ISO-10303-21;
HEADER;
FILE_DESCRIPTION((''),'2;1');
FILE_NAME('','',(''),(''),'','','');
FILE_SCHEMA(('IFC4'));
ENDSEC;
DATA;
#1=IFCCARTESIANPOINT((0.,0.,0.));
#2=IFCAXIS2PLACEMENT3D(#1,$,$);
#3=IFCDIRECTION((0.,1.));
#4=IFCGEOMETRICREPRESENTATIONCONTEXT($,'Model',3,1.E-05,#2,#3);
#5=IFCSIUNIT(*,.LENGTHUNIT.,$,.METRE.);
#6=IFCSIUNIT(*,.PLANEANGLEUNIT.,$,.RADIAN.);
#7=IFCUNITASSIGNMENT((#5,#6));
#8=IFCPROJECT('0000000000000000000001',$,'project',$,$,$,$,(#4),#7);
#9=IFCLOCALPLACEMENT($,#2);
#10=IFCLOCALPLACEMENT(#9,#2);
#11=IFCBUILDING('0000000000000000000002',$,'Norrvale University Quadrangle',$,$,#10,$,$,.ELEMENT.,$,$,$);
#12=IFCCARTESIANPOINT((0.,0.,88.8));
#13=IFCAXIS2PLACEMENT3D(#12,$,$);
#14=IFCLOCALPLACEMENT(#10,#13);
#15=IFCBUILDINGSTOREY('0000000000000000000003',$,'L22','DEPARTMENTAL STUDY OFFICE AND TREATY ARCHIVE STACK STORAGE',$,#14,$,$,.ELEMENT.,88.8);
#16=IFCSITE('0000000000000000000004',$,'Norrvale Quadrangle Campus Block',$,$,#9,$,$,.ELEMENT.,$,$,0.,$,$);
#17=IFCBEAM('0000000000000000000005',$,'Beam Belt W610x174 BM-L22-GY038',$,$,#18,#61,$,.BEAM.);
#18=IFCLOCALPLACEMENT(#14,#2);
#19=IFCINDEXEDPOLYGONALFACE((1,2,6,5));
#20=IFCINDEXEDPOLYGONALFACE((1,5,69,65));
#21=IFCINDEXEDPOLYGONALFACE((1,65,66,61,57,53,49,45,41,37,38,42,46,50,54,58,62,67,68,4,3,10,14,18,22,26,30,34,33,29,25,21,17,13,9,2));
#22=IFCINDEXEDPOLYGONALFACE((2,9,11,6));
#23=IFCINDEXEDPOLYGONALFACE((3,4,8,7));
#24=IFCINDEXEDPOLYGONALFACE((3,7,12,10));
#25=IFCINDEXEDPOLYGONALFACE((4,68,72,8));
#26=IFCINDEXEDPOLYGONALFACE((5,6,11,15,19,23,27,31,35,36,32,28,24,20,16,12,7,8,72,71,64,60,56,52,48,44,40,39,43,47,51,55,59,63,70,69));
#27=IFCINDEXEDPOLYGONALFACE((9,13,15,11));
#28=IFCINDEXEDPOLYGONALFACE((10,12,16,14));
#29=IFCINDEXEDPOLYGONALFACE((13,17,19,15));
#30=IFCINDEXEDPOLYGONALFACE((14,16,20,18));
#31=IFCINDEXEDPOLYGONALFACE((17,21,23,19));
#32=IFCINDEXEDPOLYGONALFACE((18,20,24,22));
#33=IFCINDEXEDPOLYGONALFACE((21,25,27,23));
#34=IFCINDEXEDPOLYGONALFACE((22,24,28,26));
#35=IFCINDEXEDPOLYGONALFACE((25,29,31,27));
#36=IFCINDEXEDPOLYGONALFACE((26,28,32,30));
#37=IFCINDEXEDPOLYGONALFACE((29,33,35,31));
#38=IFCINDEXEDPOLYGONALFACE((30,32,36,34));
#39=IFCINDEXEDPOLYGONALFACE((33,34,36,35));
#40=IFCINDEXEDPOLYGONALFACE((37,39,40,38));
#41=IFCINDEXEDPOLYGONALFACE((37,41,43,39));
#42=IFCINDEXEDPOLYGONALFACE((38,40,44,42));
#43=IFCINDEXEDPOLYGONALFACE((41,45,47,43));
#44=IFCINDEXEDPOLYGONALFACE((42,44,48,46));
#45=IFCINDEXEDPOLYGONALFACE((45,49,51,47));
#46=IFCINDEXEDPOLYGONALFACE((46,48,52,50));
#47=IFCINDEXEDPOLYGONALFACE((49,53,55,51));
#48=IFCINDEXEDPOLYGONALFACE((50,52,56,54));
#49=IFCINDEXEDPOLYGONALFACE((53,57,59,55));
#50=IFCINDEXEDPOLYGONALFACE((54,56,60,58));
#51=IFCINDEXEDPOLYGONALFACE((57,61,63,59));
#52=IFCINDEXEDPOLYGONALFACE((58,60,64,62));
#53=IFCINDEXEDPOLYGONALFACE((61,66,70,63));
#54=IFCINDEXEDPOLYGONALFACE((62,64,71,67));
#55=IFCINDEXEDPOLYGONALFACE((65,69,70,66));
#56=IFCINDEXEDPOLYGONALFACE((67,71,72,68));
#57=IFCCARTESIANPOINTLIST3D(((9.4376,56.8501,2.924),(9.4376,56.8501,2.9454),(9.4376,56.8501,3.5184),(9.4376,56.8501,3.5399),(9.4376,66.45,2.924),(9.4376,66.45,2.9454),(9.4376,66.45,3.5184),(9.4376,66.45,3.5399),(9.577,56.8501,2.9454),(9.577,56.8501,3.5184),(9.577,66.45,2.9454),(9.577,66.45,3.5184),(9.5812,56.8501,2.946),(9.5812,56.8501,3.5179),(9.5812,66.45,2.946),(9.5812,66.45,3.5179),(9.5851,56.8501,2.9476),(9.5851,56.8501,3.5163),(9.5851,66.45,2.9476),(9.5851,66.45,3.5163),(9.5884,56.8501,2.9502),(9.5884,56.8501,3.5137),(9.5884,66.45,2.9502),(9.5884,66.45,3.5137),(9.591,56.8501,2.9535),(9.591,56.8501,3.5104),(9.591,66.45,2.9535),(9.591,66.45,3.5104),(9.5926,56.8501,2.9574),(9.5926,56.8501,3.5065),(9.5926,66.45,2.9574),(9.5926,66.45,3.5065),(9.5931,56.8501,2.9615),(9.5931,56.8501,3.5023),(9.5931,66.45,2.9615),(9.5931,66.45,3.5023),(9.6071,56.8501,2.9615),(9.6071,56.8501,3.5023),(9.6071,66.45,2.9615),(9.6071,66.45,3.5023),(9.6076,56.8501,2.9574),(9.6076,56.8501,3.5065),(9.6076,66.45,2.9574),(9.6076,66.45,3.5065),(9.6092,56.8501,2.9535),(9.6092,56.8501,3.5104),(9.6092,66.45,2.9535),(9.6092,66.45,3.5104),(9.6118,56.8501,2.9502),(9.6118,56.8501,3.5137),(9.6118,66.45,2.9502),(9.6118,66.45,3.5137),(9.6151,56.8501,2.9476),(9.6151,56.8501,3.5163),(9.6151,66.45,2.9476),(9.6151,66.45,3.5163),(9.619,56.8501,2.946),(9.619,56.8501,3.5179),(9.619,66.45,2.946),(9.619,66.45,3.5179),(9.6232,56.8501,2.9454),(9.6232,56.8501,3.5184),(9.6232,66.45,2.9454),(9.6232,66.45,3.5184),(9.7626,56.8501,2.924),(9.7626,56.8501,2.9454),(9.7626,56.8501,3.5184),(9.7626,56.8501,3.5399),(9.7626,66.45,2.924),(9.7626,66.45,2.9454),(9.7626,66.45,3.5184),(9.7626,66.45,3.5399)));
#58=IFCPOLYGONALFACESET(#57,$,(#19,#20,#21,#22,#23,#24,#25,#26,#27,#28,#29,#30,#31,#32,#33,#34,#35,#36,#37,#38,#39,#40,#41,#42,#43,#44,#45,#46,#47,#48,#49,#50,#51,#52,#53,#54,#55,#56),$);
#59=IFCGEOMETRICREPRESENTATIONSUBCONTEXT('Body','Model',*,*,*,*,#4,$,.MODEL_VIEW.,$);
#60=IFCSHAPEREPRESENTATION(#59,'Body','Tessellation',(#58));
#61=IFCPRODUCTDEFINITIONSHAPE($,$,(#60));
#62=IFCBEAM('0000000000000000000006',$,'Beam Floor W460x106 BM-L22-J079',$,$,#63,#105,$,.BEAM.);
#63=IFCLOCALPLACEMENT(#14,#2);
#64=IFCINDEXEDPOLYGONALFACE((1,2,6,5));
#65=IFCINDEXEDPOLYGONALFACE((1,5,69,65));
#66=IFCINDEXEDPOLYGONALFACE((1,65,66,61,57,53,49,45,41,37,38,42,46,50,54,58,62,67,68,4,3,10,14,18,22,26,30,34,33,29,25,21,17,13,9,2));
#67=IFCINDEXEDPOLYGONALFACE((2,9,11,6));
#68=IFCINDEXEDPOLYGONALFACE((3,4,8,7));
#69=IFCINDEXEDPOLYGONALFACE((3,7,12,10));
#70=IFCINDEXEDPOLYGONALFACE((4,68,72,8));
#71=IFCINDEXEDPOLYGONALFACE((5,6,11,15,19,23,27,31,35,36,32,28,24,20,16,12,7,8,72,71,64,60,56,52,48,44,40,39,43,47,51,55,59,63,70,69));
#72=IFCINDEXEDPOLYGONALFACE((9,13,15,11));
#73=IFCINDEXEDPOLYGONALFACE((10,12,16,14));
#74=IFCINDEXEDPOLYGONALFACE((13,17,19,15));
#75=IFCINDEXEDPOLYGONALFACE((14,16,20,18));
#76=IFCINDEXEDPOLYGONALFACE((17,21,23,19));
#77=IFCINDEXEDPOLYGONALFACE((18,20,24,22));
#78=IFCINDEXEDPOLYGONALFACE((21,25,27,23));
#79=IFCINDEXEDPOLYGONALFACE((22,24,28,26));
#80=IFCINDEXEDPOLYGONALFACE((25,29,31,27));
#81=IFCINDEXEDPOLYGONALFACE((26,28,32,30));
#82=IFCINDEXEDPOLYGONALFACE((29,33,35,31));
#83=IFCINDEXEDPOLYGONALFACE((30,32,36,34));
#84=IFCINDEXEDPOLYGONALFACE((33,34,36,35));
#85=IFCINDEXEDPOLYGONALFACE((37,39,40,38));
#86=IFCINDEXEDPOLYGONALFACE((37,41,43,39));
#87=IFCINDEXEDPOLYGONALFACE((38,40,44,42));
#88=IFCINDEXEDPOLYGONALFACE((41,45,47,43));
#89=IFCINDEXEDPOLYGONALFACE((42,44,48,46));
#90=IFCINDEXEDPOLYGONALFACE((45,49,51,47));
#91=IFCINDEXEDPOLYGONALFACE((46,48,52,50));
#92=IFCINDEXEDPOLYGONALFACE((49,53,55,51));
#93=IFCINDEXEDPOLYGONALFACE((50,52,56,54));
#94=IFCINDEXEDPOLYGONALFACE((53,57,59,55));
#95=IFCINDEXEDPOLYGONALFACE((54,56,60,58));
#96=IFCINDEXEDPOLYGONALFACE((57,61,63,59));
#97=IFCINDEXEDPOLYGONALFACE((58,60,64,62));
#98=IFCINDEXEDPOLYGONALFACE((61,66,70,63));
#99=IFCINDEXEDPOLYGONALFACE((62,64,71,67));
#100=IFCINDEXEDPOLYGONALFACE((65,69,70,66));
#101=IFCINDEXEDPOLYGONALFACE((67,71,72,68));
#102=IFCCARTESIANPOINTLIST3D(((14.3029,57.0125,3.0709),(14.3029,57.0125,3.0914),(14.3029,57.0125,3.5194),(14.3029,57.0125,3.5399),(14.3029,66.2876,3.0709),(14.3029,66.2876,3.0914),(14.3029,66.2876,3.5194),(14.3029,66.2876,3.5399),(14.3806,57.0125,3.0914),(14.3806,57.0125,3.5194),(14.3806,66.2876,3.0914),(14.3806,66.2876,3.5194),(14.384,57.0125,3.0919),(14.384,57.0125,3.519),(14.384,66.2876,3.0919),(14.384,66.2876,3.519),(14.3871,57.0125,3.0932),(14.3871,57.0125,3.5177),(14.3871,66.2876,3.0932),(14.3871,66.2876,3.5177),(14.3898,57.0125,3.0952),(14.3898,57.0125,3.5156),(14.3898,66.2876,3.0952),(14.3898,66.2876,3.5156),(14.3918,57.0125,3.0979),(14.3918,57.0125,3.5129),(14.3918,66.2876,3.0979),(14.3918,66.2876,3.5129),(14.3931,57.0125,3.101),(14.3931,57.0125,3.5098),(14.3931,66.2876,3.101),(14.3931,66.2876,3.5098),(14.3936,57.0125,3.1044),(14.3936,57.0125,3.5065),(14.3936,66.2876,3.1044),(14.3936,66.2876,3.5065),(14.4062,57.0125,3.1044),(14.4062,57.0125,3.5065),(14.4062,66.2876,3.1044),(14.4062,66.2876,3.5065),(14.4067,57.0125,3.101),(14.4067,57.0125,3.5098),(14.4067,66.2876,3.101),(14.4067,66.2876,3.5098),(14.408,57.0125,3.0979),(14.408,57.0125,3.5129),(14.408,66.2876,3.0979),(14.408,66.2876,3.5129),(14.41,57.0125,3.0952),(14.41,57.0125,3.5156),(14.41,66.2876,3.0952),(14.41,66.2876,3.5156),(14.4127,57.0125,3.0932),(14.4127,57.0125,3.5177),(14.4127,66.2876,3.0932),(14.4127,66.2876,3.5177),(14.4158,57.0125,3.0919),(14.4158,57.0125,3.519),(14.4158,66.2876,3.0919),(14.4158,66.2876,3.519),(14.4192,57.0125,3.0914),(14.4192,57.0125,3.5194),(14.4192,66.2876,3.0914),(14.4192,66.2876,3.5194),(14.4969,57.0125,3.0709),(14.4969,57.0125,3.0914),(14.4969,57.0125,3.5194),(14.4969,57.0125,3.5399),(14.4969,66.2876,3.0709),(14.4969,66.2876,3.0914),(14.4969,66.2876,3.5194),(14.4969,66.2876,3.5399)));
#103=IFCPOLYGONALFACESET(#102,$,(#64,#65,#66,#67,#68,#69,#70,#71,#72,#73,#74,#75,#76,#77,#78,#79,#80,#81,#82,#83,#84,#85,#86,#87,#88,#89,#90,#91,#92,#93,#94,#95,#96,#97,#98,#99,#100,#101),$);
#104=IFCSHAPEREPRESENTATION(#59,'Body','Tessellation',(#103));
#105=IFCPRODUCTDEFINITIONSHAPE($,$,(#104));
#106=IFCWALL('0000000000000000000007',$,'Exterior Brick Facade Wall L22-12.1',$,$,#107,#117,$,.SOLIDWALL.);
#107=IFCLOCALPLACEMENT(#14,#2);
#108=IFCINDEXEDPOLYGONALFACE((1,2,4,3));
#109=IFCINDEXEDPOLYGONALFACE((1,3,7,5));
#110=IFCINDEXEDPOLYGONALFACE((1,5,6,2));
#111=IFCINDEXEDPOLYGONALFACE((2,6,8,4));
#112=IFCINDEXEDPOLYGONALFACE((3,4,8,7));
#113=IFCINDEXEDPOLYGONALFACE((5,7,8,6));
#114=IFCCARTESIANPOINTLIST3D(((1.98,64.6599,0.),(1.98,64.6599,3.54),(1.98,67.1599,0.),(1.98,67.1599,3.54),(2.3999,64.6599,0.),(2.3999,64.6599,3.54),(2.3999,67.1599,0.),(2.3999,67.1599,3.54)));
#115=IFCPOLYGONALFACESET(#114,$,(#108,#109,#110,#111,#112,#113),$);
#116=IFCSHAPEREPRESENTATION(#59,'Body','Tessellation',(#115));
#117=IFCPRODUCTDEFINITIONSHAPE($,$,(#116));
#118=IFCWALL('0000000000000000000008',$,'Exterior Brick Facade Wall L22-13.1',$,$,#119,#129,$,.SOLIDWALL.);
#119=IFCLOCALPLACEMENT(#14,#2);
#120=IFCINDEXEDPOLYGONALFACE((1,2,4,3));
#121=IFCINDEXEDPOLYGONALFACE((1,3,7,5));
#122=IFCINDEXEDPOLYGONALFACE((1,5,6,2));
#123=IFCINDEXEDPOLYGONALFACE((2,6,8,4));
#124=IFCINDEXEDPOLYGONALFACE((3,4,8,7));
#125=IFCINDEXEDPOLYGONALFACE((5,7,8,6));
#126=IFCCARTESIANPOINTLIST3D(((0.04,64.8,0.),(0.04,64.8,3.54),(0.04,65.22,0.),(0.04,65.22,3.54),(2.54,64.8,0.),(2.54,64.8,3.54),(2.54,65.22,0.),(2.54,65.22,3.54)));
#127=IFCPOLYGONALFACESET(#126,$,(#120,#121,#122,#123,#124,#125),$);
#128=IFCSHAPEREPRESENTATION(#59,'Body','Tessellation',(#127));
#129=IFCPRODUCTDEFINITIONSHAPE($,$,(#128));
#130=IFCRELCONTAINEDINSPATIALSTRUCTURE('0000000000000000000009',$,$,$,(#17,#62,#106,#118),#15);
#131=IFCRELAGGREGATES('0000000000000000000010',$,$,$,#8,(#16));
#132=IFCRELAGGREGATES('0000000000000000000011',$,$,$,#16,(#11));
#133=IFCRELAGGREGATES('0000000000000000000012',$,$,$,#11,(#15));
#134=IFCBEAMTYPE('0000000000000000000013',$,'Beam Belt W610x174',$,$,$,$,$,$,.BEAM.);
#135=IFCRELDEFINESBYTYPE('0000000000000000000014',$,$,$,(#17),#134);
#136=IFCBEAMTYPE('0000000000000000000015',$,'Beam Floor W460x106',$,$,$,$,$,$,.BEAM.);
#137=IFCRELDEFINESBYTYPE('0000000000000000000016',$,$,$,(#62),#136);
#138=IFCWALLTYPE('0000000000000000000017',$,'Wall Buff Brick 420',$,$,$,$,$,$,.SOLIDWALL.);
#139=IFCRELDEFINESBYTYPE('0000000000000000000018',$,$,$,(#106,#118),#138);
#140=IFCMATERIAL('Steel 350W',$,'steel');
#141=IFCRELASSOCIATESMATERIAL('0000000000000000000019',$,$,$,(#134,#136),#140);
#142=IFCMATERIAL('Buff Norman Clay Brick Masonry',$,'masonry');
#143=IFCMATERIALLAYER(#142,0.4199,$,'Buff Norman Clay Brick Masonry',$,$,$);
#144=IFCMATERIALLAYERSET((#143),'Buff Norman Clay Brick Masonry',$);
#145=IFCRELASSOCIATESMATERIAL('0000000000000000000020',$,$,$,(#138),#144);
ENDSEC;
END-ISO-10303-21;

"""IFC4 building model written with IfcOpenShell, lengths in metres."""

from ifc_helpers import new_model, si_unit, direction, frame, frame_2d, origin, origin_2d, place, context, subcontext, project, spatial, rectangle, i_section, extrude, material, layer, layer_set, material_profile, profile_set, type_object, element, save


model = new_model("IFC4")

# Units and contexts
model_context = context("Model", 3, precision=1e-05, world=origin(), true_north=direction((0.0, 1.0)))
body_context = subcontext(model_context, "Body", "Model", "MODEL_VIEW")
ifc_project = project(units=[si_unit("LENGTHUNIT", "METRE"), si_unit("PLANEANGLEUNIT", "RADIAN")], contexts=[model_context])

# Site, building, storey
site_placement = place(None, origin())
site = spatial("IfcSite", under=ifc_project, at=site_placement, Name="Norrvale Quadrangle Campus Block", CompositionType="ELEMENT", RefElevation=0.0)
building_placement = place(site_placement, origin())
building = spatial("IfcBuilding", under=site, at=building_placement, Name="Norrvale University Quadrangle", CompositionType="ELEMENT")
storey_placement = place(building_placement, frame((0.0, 0.0, 88.8)))
storey = spatial("IfcBuildingStorey", under=building, at=storey_placement, Name="L22", Description="DEPARTMENTAL STUDY OFFICE AND TREATY ARCHIVE STACK STORAGE", CompositionType="ELEMENT", Elevation=88.8)

# Beams
ifc_material_1 = material(Name="Steel 350W", Category="steel")
ifc_material_profile_1 = material_profile(ifc_material_1, i_section(OverallWidth=0.325, OverallDepth=0.616, WebThickness=0.0139, FlangeThickness=0.0215, FilletRadius=0.0161, at=origin_2d()), Name="Steel 350W")
ifc_profile_set_1 = profile_set([ifc_material_profile_1], Name="Steel 350W")
beam_type_1 = type_object("IfcBeamType", Name="Beam Belt W610x174", PredefinedType="BEAM", material=ifc_profile_set_1)
for number, where, z_axis, x_axis, name in (
    (1, (9.6001, 56.8501, 3.2319), (0.0, 1.0, 0.0), (-1.0, 0.0, 0.0), "Beam Belt W610x174 BM-L22-GY038"),
):
    element("IfcBeam", number, at=place(storey_placement, frame(where, z_axis=z_axis, x_axis=x_axis)), inside=storey, type_object=beam_type_1, Name=name, PredefinedType="BEAM", context=body_context, shape_type="SweptSolid", body=[
        extrude(i_section(OverallWidth=0.325, OverallDepth=0.616, WebThickness=0.0139, FlangeThickness=0.0215, FilletRadius=0.0161, at=origin_2d()), origin(), (0.0, 0.0, 1.0), 9.5999),
    ])
ifc_material_profile_2 = material_profile(ifc_material_1, i_section(OverallWidth=0.1941, OverallDepth=0.469, WebThickness=0.0127, FlangeThickness=0.0205, FilletRadius=0.0129, at=origin_2d()), Name="Steel 350W")
ifc_profile_set_2 = profile_set([ifc_material_profile_2], Name="Steel 350W")
beam_type_2 = type_object("IfcBeamType", Name="Beam Floor W460x106", PredefinedType="BEAM", material=ifc_profile_set_2)
beam_1_placement = place(storey_placement, frame((14.3999, 57.0125, 3.3054), z_axis=(0.0, 1.0, 0.0), x_axis=(-1.0, 0.0, 0.0)))
element("IfcBeam", 2, at=beam_1_placement, inside=storey, type_object=beam_type_2, Name="Beam Floor W460x106 BM-L22-J079", PredefinedType="BEAM", context=body_context, shape_type="SweptSolid", body=[
    extrude(i_section(OverallWidth=0.1941, OverallDepth=0.469, WebThickness=0.0127, FlangeThickness=0.0205, FilletRadius=0.0129, at=origin_2d()), origin(), (0.0, 0.0, 1.0), 9.2751),
])

# Walls
ifc_material_2 = material(Name="Buff Norman Clay Brick Masonry", Category="masonry")
ifc_layer = layer(ifc_material_2, 0.4199, Name="Buff Norman Clay Brick Masonry")
ifc_layer_set = layer_set([ifc_layer], Name="Buff Norman Clay Brick Masonry")
wall_type = type_object("IfcWallType", Name="Wall Buff Brick 420", PredefinedType="SOLIDWALL", material=ifc_layer_set)
for number, where, z_axis, x_axis, name in (
    (3, (2.1899, 67.1599, 0.0), (0.0, 0.0, 1.0), (0.0, -1.0, 0.0), "Exterior Brick Facade Wall L22-12.1"),
    (4, (2.54, 65.01, 0.0), (0.0, 0.0, 1.0), (-1.0, 0.0, 0.0), "Exterior Brick Facade Wall L22-13.1"),
):
    element("IfcWall", number, at=place(storey_placement, frame(where, z_axis=z_axis, x_axis=x_axis)), inside=storey, type_object=wall_type, Name=name, PredefinedType="SOLIDWALL", context=body_context, shape_type="SweptSolid", body=[
        extrude(rectangle(XDim=2.5, YDim=0.4199, at=frame_2d((1.25, 0.0))), origin(), (0.0, 0.0, 1.0), 3.54),
    ])

save(model, "model.ifc")
